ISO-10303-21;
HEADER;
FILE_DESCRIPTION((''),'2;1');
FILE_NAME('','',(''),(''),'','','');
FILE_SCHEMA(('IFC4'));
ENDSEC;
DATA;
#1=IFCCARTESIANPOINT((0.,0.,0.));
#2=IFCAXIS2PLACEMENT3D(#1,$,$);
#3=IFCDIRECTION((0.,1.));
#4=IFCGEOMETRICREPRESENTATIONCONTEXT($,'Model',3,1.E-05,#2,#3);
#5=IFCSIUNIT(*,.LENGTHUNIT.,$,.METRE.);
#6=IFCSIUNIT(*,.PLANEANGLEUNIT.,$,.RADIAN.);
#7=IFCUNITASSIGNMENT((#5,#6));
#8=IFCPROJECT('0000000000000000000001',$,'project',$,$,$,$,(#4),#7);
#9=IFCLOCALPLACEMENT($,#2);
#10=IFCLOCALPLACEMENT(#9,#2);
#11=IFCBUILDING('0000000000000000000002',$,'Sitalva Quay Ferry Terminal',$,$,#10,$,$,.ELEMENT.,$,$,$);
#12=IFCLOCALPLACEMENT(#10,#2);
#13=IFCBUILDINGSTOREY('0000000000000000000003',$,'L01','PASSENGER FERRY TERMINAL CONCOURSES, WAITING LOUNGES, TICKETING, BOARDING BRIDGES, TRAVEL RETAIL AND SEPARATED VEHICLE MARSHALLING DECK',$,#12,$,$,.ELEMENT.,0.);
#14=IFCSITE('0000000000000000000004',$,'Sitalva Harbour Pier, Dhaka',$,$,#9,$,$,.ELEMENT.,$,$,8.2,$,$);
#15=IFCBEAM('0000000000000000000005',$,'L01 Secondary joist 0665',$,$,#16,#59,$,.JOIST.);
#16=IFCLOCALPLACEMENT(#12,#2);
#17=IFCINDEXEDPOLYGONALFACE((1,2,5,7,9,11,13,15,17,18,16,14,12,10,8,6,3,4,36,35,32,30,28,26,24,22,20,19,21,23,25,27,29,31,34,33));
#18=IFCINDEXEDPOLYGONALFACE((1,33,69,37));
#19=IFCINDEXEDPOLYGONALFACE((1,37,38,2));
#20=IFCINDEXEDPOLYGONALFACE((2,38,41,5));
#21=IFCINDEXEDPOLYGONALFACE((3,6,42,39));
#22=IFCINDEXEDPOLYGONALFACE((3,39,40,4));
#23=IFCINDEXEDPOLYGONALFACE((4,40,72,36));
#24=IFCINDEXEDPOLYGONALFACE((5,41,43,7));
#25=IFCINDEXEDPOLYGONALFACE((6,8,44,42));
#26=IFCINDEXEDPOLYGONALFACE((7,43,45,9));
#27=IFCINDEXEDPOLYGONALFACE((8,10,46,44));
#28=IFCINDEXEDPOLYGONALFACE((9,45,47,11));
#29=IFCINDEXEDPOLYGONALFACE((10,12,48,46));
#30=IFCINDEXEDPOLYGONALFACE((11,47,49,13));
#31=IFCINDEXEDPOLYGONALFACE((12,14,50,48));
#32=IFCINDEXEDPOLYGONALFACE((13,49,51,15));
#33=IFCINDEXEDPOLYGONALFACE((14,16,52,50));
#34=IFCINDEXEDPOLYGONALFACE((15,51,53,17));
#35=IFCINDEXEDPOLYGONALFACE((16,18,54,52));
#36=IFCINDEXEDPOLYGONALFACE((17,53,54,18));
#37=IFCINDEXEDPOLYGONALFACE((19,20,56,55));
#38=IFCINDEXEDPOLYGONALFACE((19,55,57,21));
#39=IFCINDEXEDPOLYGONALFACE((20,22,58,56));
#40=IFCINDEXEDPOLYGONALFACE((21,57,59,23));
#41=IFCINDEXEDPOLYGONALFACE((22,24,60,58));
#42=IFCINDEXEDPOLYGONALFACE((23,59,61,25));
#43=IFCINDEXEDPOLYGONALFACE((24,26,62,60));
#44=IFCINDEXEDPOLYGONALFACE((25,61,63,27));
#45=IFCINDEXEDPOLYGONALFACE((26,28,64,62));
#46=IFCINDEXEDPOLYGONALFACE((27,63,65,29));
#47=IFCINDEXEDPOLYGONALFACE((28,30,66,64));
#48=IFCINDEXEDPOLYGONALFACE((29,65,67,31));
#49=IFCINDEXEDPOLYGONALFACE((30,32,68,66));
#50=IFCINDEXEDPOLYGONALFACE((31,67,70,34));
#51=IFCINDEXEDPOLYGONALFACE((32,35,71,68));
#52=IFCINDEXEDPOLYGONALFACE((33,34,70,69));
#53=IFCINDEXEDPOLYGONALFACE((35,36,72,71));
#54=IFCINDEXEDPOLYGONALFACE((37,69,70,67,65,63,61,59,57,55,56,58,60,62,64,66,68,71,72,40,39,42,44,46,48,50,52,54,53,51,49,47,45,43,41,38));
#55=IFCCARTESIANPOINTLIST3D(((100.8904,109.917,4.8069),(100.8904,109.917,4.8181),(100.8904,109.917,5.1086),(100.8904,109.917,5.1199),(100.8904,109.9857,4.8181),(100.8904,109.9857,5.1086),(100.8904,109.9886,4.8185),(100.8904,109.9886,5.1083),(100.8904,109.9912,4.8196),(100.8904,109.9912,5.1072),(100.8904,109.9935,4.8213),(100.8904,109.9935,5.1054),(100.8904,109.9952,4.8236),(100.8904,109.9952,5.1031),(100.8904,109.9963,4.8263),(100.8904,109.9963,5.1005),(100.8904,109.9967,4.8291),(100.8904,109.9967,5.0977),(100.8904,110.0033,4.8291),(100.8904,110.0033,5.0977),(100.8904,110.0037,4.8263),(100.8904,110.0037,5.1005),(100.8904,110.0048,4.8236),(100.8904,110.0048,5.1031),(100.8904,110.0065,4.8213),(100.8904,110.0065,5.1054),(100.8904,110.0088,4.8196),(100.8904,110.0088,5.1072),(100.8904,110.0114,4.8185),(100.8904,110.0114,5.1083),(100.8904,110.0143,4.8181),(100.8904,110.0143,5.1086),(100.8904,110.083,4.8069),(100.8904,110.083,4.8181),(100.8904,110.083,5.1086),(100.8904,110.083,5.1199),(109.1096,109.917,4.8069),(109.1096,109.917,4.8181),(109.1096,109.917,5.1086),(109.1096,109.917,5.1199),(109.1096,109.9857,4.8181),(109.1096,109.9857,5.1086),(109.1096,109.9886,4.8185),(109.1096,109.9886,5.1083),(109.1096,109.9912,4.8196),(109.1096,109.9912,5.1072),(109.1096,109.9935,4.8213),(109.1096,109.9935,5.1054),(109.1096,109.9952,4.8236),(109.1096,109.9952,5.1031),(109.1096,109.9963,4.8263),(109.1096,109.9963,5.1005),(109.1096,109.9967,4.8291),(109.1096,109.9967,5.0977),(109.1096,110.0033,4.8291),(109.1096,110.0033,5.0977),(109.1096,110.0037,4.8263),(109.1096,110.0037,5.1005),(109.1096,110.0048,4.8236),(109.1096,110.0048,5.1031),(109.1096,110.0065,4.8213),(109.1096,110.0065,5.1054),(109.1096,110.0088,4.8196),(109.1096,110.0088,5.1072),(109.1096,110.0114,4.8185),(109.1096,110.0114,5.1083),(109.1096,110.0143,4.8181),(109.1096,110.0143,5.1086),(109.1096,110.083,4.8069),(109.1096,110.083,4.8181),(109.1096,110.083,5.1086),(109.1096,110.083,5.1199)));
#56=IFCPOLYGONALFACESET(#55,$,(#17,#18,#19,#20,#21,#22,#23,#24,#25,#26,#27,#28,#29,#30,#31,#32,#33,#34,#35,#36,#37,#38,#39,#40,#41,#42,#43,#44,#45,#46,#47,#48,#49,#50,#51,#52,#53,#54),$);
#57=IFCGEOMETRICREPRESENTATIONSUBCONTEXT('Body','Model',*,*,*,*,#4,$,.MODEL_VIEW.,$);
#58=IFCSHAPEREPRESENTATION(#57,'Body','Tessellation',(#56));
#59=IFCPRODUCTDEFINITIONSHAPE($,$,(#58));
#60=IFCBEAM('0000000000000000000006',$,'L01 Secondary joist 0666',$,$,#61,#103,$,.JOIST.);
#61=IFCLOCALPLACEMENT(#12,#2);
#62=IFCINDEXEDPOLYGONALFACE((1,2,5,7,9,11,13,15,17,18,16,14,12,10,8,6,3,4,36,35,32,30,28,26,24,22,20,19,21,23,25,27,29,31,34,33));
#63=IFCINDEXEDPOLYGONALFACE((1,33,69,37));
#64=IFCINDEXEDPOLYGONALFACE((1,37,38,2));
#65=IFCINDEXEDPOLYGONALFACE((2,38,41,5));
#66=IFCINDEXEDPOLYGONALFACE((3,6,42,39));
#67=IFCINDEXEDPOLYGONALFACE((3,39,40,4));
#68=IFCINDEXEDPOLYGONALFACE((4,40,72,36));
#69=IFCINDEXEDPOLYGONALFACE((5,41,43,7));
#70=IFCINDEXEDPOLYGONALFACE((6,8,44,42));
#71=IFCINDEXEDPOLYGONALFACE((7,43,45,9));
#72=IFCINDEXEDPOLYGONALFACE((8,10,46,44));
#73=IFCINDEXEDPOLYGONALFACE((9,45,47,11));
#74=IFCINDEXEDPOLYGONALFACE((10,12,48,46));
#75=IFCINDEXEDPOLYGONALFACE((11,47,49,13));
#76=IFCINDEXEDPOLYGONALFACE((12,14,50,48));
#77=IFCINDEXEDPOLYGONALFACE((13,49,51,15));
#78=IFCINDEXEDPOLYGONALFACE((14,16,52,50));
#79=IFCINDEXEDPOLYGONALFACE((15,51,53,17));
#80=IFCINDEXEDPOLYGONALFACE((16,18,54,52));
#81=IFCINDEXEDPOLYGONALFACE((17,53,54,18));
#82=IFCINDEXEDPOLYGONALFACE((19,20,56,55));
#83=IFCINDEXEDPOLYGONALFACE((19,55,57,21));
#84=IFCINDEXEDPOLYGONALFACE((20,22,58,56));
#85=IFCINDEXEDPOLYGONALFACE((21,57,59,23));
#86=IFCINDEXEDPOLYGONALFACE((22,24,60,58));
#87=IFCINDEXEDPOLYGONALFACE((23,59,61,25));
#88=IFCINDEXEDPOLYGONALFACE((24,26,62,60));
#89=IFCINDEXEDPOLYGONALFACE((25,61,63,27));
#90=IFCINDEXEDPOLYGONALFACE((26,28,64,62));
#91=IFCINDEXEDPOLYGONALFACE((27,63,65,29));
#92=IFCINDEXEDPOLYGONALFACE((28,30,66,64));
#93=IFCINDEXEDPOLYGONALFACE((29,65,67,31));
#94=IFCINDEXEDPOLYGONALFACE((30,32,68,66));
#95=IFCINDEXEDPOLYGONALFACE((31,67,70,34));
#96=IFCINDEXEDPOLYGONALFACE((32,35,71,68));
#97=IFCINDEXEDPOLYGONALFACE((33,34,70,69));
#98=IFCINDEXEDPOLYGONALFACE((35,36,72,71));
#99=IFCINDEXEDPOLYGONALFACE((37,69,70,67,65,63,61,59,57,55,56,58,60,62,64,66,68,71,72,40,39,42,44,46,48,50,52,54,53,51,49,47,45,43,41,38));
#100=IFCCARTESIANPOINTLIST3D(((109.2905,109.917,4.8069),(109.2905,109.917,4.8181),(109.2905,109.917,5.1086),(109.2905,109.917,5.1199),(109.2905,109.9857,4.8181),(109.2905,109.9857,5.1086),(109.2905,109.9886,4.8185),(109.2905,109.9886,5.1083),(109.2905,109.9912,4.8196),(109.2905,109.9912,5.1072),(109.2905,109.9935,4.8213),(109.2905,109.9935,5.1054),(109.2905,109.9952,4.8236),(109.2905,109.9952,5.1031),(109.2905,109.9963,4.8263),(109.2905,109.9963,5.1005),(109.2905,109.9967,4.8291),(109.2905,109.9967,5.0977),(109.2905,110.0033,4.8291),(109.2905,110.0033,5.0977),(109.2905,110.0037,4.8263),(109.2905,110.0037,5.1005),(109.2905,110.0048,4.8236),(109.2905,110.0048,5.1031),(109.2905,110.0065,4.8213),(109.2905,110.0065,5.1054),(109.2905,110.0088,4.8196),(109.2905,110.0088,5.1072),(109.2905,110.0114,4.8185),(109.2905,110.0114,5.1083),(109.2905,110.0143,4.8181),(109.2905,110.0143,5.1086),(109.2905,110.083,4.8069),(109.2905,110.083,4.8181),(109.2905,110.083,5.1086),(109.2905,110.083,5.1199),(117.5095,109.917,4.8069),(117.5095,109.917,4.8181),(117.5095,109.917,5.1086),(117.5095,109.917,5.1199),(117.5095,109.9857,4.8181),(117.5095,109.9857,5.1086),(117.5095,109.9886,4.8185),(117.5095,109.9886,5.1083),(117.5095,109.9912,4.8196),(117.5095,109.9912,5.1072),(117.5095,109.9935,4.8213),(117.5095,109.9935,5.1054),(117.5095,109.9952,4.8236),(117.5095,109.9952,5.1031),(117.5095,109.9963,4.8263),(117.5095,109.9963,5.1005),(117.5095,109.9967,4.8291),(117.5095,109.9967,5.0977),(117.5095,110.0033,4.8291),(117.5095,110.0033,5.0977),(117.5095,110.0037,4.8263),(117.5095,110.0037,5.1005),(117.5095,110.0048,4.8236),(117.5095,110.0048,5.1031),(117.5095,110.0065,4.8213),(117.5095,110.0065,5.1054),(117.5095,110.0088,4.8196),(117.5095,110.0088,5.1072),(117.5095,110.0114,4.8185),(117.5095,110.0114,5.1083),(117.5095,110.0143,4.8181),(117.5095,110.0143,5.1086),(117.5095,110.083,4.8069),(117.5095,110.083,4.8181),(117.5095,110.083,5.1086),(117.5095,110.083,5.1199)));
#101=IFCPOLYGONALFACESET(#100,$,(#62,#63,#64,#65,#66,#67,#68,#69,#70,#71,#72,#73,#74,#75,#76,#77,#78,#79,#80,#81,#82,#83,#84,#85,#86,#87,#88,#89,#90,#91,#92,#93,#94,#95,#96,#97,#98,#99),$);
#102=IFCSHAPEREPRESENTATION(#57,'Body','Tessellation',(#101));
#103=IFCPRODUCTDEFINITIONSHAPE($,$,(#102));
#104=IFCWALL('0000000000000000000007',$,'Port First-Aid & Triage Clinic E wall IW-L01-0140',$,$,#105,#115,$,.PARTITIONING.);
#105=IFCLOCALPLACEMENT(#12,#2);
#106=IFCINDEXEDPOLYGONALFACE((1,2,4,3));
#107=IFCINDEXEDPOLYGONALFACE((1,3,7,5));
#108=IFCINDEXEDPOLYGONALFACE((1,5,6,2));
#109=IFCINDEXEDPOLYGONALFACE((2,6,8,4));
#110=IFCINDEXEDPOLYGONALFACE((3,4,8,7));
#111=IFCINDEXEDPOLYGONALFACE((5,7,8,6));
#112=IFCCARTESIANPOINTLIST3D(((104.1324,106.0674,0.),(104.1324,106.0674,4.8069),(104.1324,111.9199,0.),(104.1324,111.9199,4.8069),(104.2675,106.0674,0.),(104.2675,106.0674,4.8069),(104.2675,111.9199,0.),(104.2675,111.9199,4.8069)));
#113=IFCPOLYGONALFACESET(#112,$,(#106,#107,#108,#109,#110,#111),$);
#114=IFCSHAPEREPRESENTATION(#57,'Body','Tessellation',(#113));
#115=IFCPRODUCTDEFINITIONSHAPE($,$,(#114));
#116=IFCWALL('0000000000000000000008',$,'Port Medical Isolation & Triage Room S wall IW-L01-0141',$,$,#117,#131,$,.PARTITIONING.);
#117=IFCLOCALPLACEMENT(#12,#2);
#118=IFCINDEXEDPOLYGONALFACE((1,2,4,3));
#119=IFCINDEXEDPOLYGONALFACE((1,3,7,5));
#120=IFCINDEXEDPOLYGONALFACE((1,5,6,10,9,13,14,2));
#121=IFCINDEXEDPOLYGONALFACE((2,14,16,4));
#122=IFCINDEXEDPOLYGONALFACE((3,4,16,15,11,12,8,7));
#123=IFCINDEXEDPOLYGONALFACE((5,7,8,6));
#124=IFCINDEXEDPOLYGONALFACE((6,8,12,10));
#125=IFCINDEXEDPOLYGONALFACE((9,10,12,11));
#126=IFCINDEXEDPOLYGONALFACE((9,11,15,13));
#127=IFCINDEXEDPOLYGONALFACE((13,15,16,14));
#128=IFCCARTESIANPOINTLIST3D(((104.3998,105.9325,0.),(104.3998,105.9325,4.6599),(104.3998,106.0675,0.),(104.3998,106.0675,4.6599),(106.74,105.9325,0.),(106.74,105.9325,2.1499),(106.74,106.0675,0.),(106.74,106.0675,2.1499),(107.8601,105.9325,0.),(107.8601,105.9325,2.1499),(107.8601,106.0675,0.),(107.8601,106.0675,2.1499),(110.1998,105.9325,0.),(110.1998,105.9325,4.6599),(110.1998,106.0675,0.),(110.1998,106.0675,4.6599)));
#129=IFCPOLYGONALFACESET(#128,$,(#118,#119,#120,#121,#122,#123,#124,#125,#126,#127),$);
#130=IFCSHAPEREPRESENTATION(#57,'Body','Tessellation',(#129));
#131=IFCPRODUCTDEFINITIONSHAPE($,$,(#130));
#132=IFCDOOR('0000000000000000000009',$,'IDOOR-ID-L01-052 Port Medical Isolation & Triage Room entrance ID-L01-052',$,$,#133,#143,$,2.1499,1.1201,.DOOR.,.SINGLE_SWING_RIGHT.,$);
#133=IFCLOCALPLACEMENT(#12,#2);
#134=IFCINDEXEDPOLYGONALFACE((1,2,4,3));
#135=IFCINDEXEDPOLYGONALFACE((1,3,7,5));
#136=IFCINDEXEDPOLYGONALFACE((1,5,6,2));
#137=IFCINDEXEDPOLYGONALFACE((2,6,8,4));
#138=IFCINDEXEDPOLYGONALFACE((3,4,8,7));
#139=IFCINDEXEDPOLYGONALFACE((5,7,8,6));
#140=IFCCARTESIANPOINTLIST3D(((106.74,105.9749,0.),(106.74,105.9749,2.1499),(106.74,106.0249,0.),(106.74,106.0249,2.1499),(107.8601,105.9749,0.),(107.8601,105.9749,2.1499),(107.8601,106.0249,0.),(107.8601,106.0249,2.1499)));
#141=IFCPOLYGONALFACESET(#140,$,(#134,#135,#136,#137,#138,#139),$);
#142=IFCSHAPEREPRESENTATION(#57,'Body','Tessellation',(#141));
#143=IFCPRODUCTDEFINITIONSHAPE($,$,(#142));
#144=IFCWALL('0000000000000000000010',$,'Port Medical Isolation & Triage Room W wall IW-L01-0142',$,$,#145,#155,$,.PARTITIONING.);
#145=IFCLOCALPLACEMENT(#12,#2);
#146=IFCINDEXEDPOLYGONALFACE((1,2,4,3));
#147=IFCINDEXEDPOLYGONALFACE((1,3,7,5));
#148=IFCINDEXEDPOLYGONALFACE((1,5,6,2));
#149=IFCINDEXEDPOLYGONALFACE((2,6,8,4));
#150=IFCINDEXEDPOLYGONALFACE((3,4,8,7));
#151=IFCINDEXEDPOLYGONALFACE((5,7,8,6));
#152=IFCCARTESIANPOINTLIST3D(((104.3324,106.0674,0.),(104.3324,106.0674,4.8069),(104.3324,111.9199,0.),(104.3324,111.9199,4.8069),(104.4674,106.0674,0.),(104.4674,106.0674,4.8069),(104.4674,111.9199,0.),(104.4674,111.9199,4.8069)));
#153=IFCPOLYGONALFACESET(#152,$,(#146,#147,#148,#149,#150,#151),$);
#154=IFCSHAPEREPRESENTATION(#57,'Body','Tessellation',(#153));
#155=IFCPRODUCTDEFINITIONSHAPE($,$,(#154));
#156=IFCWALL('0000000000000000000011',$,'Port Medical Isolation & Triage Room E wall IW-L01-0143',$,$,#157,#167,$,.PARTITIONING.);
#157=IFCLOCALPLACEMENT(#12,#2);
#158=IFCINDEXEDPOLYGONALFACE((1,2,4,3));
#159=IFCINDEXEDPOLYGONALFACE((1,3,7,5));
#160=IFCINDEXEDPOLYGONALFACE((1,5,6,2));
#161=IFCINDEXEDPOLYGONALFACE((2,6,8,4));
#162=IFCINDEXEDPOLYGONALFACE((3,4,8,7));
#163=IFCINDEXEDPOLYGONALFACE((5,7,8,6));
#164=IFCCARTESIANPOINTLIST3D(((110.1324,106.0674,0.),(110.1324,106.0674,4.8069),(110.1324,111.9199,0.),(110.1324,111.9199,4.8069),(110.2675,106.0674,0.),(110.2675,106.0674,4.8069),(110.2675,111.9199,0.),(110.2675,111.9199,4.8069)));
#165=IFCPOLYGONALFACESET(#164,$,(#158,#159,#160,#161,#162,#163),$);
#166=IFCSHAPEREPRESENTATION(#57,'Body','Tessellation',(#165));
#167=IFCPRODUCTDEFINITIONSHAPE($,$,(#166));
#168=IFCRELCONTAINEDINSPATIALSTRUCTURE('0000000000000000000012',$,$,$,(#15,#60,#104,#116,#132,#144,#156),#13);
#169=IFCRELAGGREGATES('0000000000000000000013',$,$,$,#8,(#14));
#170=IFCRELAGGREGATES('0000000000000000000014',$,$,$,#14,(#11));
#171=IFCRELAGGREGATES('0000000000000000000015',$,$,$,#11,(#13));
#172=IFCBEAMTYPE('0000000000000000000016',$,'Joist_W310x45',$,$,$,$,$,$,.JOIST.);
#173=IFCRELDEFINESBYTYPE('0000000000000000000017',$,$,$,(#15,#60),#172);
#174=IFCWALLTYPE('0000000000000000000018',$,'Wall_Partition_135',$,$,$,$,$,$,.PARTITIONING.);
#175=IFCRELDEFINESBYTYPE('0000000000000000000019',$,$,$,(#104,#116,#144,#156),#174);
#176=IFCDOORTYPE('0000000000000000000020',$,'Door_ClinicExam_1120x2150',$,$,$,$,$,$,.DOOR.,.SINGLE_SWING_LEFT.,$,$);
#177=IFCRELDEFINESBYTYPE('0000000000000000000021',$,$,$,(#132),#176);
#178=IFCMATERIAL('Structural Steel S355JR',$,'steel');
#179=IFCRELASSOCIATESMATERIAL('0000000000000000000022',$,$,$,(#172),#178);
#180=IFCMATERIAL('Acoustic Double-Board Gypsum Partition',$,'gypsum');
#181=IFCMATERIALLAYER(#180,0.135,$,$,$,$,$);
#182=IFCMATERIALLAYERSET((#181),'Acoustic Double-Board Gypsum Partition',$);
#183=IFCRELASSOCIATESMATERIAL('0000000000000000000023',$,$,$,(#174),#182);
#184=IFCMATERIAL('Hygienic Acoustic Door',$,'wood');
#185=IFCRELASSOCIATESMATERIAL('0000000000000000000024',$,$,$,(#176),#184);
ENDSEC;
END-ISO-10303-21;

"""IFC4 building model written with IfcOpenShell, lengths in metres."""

from ifc_helpers import new_model, si_unit, direction, frame, frame_2d, origin, origin_2d, place, context, subcontext, project, spatial, rectangle, i_section, extrude, material, layer, layer_set, material_profile, profile_set, type_object, element, fill, save


model = new_model("IFC4")

# Units and contexts
model_context = context("Model", 3, precision=1e-05, world=origin(), true_north=direction((0.0, 1.0)))
body_context = subcontext(model_context, "Body", "Model", "MODEL_VIEW")
ifc_project = project(units=[si_unit("LENGTHUNIT", "METRE"), si_unit("PLANEANGLEUNIT", "RADIAN")], contexts=[model_context])

# Site, building, storey
site_placement = place(None, origin())
site = spatial("IfcSite", under=ifc_project, at=site_placement, Name="Sitalva Harbour Pier, Dhaka", CompositionType="ELEMENT", RefElevation=8.2)
building_placement = place(site_placement, origin())
building = spatial("IfcBuilding", under=site, at=building_placement, Name="Sitalva Quay Ferry Terminal", CompositionType="ELEMENT")
storey_placement = place(building_placement, origin())
storey = spatial("IfcBuildingStorey", under=building, at=storey_placement, Name="L01", Description="PASSENGER FERRY TERMINAL CONCOURSES, WAITING LOUNGES, TICKETING, BOARDING BRIDGES, TRAVEL RETAIL AND SEPARATED VEHICLE MARSHALLING DECK", CompositionType="ELEMENT", Elevation=0.0)

# Beams
ifc_material_1 = material(Name="Structural Steel S355JR", Category="steel")
ifc_material_profile_1 = material_profile(ifc_material_1, i_section(OverallWidth=0.166, OverallDepth=0.313, WebThickness=0.0066, FlangeThickness=0.0112, FilletRadius=0.011, at=origin_2d()), Name="W310x45")
ifc_profile_set_1 = profile_set([ifc_material_profile_1], Name="Structural Steel S355JR")
beam_type_1 = type_object("IfcBeamType", Name="Joist_W310x45", PredefinedType="JOIST", material=ifc_profile_set_1)
beam_1_placement = place(storey_placement, frame((100.8904, 110.0, 4.9634), z_axis=(1.0, 0.0, 0.0), x_axis=(0.0, 1.0, 0.0)))
element("IfcBeam", 1, at=beam_1_placement, inside=storey, type_object=beam_type_1, Name="L01 Secondary joist 0665", PredefinedType="JOIST", context=body_context, shape_type="SweptSolid", body=[
    extrude(i_section(OverallWidth=0.166, OverallDepth=0.313, WebThickness=0.0066, FlangeThickness=0.0112, FilletRadius=0.011, at=origin_2d()), origin(), (0.0, 0.0, 1.0), 8.2192),
])
beam_2_placement = place(storey_placement, frame((109.2905, 110.0, 4.9634), z_axis=(1.0, 0.0, 0.0), x_axis=(0.0, 1.0, 0.0)))
element("IfcBeam", 2, at=beam_2_placement, inside=storey, type_object=beam_type_1, Name="L01 Secondary joist 0666", PredefinedType="JOIST", context=body_context, shape_type="SweptSolid", body=[
    extrude(i_section(OverallWidth=0.166, OverallDepth=0.313, WebThickness=0.0066, FlangeThickness=0.0112, FilletRadius=0.011, at=origin_2d()), origin(), (0.0, 0.0, 1.0), 8.219),
])

# Wall
ifc_material_2 = material(Name="Acoustic Double-Board Gypsum Partition", Category="gypsum")
ifc_layer_1 = layer(ifc_material_2, 0.135)
ifc_layer_set_1 = layer_set([ifc_layer_1], Name="Acoustic Double-Board Gypsum Partition")
wall_type_1 = type_object("IfcWallType", Name="Wall_Partition_135", PredefinedType="PARTITIONING", material=ifc_layer_set_1)
wall_1_placement = place(storey_placement, frame((104.2, 106.0674, 0.0), z_axis=(0.0, 0.0, 1.0), x_axis=(0.0, 1.0, 0.0)))
element("IfcWall", 3, at=wall_1_placement, inside=storey, type_object=wall_type_1, Name="Port First-Aid & Triage Clinic E wall IW-L01-0140", PredefinedType="PARTITIONING", context=body_context, shape_type="SweptSolid", body=[
    extrude(rectangle(XDim=5.8525, YDim=0.135, at=frame_2d((2.9263, 0.0))), origin(), (0.0, 0.0, 1.0), 4.8069),
])

# Wall, opening, door
wall_2_placement = place(storey_placement, frame((104.3999, 106.0, 0.0), z_axis=(0.0, 0.0, 1.0), x_axis=(1.0, 0.0, 0.0)))
wall_2 = element("IfcWall", 4, at=wall_2_placement, inside=storey, type_object=wall_type_1, Name="Port Medical Isolation & Triage Room S wall IW-L01-0141", PredefinedType="PARTITIONING", context=body_context, shape_type="SweptSolid", body=[
    extrude(rectangle(XDim=5.8, YDim=0.135, at=frame_2d((2.8999, 0.0))), origin(), (0.0, 0.0, 1.0), 4.6599),
])
opening_1_placement = place(wall_2_placement, frame((2.3401, 0.0, 0.0)))
opening_1 = element("IfcOpeningElement", 5, at=opening_1_placement, cuts=wall_2, PredefinedType="OPENING", context=body_context, shape_type="SweptSolid", body=[
    extrude(rectangle(XDim=1.1201, YDim=2.1499, at=frame_2d((0.5601, 1.075))), frame((0.0, 0.0774, 0.0), z_axis=(0.0, -1.0, 0.0), x_axis=(1.0, 0.0, 0.0)), (0.0, 0.0, 1.0), 0.155),
])
ifc_material_3 = material(Name="Hygienic Acoustic Door", Category="wood")
door_type_1 = type_object("IfcDoorType", Name="Door_ClinicExam_1120x2150", OperationType="SINGLE_SWING_LEFT", PredefinedType="DOOR", material=ifc_material_3)
door_1_placement = place(opening_1_placement, origin())
door_1 = element("IfcDoor", 6, at=door_1_placement, inside=storey, type_object=door_type_1, Name="IDOOR-ID-L01-052 Port Medical Isolation & Triage Room entrance ID-L01-052", OperationType="SINGLE_SWING_RIGHT", OverallHeight=2.1499, OverallWidth=1.1201, PredefinedType="DOOR", context=body_context, shape_type="SweptSolid", body=[
    extrude(rectangle(XDim=1.1201, YDim=2.1499, at=frame_2d((0.5601, 1.075))), frame((0.0, 0.0249, 0.0), z_axis=(0.0, -1.0, 0.0), x_axis=(1.0, 0.0, 0.0)), (0.0, 0.0, 1.0), 0.05),
])
fill(opening_1, door_1)

# Walls
for number, where, z_axis, x_axis, name in (
    (7, (104.3999, 106.0674, 0.0), (0.0, 0.0, 1.0), (0.0, 1.0, 0.0), "Port Medical Isolation & Triage Room W wall IW-L01-0142"),
    (8, (110.2, 106.0674, 0.0), (0.0, 0.0, 1.0), (0.0, 1.0, 0.0), "Port Medical Isolation & Triage Room E wall IW-L01-0143"),
):
    element("IfcWall", number, at=place(storey_placement, frame(where, z_axis=z_axis, x_axis=x_axis)), inside=storey, type_object=wall_type_1, Name=name, PredefinedType="PARTITIONING", context=body_context, shape_type="SweptSolid", body=[
        extrude(rectangle(XDim=5.8525, YDim=0.135, at=frame_2d((2.9263, 0.0))), origin(), (0.0, 0.0, 1.0), 4.8069),
    ])

save(model, "model.ifc")
